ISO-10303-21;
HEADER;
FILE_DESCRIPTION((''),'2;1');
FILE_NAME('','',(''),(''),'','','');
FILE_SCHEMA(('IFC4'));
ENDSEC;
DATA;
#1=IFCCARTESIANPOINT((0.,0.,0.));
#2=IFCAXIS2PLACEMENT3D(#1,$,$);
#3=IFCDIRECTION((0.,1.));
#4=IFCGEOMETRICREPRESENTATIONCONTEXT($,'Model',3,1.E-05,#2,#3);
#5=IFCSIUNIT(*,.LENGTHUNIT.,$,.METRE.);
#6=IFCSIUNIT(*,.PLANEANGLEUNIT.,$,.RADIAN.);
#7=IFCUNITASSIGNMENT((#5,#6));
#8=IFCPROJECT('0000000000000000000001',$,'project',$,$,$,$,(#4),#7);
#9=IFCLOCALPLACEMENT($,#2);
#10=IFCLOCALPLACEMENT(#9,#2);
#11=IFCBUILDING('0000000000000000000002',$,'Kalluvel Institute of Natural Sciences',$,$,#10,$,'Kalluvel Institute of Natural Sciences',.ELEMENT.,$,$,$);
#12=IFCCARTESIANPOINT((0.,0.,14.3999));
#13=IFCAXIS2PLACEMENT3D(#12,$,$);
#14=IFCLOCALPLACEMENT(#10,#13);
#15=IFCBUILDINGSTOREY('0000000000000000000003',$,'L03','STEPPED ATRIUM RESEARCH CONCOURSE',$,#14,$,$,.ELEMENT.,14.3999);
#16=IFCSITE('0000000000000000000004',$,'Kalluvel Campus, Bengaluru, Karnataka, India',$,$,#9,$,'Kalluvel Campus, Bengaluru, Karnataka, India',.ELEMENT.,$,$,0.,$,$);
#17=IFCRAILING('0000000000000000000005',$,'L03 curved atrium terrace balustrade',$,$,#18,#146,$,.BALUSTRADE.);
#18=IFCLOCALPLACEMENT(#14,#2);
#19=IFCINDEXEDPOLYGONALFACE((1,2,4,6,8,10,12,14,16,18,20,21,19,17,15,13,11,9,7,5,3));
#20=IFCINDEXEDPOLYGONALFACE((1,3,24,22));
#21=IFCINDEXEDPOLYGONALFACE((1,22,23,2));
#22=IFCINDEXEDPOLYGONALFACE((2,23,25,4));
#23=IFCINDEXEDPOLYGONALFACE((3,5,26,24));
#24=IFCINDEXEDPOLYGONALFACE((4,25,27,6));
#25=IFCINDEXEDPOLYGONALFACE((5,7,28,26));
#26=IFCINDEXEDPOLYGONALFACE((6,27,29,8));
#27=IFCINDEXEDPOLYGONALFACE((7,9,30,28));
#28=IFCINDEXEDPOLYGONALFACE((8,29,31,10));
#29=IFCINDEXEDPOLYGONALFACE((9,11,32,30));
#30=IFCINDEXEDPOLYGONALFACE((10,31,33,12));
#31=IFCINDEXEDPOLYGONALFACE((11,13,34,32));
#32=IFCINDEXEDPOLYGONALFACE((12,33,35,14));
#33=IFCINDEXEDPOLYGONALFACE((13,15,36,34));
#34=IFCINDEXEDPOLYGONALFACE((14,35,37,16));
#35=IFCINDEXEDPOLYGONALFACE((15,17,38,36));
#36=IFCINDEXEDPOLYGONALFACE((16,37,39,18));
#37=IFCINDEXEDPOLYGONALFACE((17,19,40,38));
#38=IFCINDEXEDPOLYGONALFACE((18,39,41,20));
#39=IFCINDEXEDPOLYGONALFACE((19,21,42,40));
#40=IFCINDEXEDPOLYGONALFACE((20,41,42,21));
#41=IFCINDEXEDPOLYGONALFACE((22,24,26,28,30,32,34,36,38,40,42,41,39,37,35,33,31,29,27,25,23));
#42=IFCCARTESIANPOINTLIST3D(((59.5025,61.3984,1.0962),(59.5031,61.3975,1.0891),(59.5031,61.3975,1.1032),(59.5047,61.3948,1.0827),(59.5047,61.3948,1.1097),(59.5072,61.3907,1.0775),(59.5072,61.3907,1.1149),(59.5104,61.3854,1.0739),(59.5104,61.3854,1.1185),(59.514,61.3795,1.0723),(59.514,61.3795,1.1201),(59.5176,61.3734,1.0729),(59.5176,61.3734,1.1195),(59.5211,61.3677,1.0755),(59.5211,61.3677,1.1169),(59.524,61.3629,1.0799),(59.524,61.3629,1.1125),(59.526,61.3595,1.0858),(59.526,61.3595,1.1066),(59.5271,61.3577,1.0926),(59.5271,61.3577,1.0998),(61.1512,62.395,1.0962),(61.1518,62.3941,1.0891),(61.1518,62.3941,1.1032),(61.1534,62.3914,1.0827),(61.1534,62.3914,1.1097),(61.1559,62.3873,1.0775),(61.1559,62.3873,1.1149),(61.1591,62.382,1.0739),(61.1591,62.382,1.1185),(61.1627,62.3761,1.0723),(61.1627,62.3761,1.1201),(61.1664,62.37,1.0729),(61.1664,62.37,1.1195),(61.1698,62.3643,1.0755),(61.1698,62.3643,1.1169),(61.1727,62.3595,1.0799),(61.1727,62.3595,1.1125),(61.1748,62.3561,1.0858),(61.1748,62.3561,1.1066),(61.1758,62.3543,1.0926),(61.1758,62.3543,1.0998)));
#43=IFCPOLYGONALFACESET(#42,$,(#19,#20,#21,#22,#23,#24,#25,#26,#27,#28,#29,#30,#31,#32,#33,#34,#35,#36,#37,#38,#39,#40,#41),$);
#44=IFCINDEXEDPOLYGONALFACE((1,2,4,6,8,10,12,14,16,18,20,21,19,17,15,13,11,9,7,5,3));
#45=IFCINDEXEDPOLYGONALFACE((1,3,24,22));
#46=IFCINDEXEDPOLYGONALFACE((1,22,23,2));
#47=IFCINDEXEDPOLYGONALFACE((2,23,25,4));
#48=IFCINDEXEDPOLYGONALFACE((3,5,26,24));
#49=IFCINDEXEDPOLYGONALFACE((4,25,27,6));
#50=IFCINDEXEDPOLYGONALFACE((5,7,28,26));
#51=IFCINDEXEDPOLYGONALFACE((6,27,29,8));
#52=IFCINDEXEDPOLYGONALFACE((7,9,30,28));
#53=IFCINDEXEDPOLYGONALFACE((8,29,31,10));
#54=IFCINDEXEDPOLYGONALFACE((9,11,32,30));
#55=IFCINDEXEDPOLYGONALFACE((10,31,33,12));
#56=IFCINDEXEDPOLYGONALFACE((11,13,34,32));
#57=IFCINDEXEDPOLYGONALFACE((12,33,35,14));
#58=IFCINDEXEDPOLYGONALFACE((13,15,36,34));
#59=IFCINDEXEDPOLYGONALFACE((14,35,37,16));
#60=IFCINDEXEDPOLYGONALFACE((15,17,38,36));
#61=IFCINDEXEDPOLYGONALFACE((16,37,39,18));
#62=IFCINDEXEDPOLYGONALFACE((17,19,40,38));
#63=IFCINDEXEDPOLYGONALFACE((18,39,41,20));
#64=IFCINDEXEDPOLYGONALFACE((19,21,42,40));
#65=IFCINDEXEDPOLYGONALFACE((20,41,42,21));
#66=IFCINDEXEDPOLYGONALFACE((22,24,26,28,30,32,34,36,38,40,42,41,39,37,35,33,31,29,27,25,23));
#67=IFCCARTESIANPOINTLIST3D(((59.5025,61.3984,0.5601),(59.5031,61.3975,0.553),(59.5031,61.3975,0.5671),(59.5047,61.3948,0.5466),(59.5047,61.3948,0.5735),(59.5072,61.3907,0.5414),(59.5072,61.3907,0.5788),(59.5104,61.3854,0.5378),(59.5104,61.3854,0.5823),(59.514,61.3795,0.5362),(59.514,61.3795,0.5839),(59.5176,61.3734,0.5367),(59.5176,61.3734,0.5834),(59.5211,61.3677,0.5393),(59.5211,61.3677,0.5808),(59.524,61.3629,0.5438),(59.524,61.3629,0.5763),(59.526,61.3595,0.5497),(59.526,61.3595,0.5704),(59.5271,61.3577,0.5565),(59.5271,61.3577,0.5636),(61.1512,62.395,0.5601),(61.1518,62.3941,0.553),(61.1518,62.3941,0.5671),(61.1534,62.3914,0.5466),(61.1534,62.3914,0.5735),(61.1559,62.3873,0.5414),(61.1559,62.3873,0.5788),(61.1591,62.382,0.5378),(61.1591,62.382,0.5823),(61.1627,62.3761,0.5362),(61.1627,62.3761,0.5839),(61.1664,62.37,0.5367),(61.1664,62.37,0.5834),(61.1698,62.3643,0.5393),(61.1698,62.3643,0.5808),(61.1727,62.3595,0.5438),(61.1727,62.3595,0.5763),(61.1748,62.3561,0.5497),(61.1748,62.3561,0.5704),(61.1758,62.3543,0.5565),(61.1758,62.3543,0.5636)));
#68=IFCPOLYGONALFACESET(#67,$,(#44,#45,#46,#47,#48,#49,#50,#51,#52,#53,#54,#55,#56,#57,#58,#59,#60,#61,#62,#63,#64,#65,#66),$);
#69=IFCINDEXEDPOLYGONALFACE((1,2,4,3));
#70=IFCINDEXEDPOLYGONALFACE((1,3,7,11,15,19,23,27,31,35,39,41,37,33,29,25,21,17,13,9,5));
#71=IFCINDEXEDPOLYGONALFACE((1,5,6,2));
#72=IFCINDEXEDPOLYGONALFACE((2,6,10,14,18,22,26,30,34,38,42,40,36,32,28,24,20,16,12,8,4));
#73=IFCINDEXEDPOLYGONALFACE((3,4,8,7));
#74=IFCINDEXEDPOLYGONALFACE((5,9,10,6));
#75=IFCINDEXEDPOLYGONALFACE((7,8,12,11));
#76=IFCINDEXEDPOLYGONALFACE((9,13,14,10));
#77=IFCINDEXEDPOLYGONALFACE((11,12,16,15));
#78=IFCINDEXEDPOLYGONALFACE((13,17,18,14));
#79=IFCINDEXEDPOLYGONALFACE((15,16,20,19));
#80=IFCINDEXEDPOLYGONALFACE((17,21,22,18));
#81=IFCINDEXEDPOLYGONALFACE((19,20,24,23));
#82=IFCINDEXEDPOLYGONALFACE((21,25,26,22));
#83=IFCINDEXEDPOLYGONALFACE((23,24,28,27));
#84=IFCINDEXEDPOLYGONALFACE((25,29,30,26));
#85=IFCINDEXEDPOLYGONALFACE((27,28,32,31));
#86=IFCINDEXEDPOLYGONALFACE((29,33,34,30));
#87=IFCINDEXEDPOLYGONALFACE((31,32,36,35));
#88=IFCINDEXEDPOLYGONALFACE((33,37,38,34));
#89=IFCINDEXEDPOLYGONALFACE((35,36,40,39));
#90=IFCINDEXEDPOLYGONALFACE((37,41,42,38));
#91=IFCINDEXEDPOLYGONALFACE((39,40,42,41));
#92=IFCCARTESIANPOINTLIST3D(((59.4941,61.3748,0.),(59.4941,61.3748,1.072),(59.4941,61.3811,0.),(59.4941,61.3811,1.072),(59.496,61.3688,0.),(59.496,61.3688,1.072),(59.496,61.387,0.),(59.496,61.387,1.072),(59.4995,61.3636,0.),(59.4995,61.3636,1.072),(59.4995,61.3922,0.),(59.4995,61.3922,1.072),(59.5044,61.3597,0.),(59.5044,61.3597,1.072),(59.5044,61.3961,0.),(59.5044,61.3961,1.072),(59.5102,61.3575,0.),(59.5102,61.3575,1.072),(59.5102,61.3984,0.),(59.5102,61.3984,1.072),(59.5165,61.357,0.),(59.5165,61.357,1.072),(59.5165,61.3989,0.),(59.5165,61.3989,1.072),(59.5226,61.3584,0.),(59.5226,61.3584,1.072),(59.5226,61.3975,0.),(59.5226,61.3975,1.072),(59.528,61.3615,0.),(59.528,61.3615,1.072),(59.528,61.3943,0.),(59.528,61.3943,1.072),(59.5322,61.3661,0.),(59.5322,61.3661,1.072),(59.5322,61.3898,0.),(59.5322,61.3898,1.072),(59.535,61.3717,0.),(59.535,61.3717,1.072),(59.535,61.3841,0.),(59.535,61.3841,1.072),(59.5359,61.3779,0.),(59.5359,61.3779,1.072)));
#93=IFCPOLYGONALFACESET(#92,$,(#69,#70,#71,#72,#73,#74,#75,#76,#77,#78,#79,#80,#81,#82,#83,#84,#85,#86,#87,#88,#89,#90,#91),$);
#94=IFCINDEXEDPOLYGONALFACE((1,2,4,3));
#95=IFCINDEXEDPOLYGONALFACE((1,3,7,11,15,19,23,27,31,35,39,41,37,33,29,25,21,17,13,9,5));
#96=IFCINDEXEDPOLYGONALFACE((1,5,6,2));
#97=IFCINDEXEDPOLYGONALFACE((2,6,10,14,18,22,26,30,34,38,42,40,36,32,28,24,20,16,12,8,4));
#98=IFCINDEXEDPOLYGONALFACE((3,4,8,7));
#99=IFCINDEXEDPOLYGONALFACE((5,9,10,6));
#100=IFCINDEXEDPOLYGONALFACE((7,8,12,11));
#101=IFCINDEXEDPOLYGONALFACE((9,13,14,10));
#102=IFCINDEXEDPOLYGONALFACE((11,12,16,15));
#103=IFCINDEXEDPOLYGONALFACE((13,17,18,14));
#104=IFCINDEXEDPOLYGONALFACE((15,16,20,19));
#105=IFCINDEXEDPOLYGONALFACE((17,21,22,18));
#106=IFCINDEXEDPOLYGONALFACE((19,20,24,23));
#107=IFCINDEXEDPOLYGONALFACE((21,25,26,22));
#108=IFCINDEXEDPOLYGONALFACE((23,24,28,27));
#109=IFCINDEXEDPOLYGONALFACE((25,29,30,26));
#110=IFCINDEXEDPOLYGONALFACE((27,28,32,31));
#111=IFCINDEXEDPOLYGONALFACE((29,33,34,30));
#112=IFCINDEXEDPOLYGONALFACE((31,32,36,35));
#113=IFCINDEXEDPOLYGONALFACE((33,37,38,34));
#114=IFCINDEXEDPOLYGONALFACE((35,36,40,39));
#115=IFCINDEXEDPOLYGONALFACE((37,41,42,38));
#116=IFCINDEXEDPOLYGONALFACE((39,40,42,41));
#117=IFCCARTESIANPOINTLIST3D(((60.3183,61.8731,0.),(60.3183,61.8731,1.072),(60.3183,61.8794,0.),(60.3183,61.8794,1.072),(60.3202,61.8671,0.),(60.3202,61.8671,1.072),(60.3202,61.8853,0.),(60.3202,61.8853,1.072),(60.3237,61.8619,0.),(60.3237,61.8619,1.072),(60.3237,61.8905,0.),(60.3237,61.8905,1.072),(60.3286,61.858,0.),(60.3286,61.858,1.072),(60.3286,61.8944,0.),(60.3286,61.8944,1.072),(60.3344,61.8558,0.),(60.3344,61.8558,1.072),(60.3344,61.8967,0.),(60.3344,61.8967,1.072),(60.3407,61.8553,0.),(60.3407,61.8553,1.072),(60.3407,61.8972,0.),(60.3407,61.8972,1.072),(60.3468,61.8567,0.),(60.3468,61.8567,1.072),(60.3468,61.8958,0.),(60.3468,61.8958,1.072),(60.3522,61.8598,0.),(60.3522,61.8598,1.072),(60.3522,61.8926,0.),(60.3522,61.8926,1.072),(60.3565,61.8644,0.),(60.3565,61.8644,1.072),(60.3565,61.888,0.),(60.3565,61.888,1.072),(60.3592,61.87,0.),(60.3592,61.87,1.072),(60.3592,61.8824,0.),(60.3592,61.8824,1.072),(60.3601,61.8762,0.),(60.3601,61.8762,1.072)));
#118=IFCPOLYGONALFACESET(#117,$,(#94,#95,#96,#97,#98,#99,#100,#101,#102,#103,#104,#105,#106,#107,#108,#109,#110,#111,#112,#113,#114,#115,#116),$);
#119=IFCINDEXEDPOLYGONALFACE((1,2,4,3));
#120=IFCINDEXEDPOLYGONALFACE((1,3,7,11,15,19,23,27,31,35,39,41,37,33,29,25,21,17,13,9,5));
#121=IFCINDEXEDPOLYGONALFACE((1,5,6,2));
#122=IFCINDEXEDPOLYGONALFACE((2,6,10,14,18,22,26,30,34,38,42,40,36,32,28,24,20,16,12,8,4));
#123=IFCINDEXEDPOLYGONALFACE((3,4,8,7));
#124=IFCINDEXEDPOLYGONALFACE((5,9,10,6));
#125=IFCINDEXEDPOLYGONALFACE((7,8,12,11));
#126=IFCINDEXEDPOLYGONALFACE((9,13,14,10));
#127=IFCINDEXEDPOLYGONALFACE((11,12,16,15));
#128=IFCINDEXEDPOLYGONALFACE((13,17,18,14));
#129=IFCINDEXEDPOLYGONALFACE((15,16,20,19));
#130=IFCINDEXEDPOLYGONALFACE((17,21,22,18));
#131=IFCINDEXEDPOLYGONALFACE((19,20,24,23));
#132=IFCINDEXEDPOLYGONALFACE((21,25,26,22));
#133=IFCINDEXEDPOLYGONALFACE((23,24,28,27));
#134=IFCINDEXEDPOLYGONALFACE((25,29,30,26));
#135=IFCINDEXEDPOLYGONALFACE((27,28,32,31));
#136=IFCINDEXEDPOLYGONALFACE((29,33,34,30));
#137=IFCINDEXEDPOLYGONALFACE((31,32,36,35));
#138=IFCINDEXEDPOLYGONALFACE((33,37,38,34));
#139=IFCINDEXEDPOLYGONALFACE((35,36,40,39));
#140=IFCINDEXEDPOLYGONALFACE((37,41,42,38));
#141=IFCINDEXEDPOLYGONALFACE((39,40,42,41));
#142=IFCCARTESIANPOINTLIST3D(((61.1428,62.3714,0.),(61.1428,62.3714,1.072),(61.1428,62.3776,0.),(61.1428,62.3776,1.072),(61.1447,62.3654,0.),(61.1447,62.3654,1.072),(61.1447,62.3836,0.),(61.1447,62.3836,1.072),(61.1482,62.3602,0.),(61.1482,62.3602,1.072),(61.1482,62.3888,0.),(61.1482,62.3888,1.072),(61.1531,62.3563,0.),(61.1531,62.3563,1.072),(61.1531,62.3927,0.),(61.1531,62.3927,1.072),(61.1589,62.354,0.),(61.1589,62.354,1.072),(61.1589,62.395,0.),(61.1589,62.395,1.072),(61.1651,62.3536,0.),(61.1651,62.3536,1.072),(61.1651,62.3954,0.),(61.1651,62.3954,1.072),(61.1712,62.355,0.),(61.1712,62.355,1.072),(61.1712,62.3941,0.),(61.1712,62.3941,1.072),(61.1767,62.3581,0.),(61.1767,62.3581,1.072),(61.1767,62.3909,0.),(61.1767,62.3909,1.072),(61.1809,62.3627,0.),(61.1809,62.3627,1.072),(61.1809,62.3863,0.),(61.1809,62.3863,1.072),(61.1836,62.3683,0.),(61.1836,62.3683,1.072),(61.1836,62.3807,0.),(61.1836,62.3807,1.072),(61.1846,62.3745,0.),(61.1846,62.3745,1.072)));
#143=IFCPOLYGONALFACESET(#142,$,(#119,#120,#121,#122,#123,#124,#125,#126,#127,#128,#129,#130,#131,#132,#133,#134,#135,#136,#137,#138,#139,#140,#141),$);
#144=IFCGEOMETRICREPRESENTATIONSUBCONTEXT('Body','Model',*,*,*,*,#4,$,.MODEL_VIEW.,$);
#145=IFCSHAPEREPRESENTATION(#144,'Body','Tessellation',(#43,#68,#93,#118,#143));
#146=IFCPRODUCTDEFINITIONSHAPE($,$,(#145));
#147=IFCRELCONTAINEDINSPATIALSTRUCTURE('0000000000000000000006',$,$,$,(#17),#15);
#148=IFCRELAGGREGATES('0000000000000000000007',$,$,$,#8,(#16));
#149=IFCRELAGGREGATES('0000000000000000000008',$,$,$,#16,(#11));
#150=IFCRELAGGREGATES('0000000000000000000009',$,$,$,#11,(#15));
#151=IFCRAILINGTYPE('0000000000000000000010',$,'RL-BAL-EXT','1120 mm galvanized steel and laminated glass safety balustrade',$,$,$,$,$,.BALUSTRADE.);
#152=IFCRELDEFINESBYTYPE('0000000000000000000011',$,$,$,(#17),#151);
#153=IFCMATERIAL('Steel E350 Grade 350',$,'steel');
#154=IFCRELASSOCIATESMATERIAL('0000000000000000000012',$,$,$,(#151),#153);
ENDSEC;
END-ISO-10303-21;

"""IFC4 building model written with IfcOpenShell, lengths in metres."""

from ifc_helpers import new_model, si_unit, direction, frame, origin, origin_2d, place, context, subcontext, project, spatial, circle, extrude, material, type_object, element, save


model = new_model("IFC4")

# Units and contexts
model_context = context("Model", 3, precision=1e-05, world=origin(), true_north=direction((0.0, 1.0)))
body_context = subcontext(model_context, "Body", "Model", "MODEL_VIEW")
ifc_project = project(units=[si_unit("LENGTHUNIT", "METRE"), si_unit("PLANEANGLEUNIT", "RADIAN")], contexts=[model_context])

# Site, building, storey
site_placement = place(None, origin())
site = spatial("IfcSite", under=ifc_project, at=site_placement, Name="Kalluvel Campus, Bengaluru, Karnataka, India", LongName="Kalluvel Campus, Bengaluru, Karnataka, India", CompositionType="ELEMENT", RefElevation=0.0)
building_placement = place(site_placement, origin())
building = spatial("IfcBuilding", under=site, at=building_placement, Name="Kalluvel Institute of Natural Sciences", LongName="Kalluvel Institute of Natural Sciences", CompositionType="ELEMENT")
storey_placement = place(building_placement, frame((0.0, 0.0, 14.3999)))
storey = spatial("IfcBuildingStorey", under=building, at=storey_placement, Name="L03", Description="STEPPED ATRIUM RESEARCH CONCOURSE", CompositionType="ELEMENT", Elevation=14.3999)

# Railing
ifc_material_1 = material(Name="Steel E350 Grade 350", Category="steel")
railing_type = type_object("IfcRailingType", Name="RL-BAL-EXT", Description="1120 mm galvanized steel and laminated glass safety balustrade", PredefinedType="BALUSTRADE", material=ifc_material_1)
railing_1_placement = place(storey_placement, frame((59.5149, 61.3779, 0.0)))
element("IfcRailing", 1, at=railing_1_placement, inside=storey, type_object=railing_type, Name="L03 curved atrium terrace balustrade", PredefinedType="BALUSTRADE", context=body_context, shape_type="SweptSolid", body=[
    extrude(circle(Radius=0.0239, at=origin_2d()), frame((0.0, 0.0, 1.0962), z_axis=(0.8558, 0.517307, 0.0), x_axis=(-0.517307, 0.8558, 0.0)), (0.0, 0.0, 1.0), 1.9265),
    extrude(circle(Radius=0.0239, at=origin_2d()), frame((0.0, 0.0, 0.5601), z_axis=(0.8558, 0.517307, 0.0), x_axis=(-0.517307, 0.8558, 0.0)), (0.0, 0.0, 1.0), 1.9265),
    extrude(circle(Radius=0.021, at=origin_2d()), origin(), (0.0, 0.0, 1.0), 1.072),
    extrude(circle(Radius=0.021, at=origin_2d()), frame((0.8242, 0.4983, 0.0)), (0.0, 0.0, 1.0), 1.072),
    extrude(circle(Radius=0.021, at=origin_2d()), frame((1.6487, 0.9966, 0.0)), (0.0, 0.0, 1.0), 1.072),
])

save(model, "model.ifc")
